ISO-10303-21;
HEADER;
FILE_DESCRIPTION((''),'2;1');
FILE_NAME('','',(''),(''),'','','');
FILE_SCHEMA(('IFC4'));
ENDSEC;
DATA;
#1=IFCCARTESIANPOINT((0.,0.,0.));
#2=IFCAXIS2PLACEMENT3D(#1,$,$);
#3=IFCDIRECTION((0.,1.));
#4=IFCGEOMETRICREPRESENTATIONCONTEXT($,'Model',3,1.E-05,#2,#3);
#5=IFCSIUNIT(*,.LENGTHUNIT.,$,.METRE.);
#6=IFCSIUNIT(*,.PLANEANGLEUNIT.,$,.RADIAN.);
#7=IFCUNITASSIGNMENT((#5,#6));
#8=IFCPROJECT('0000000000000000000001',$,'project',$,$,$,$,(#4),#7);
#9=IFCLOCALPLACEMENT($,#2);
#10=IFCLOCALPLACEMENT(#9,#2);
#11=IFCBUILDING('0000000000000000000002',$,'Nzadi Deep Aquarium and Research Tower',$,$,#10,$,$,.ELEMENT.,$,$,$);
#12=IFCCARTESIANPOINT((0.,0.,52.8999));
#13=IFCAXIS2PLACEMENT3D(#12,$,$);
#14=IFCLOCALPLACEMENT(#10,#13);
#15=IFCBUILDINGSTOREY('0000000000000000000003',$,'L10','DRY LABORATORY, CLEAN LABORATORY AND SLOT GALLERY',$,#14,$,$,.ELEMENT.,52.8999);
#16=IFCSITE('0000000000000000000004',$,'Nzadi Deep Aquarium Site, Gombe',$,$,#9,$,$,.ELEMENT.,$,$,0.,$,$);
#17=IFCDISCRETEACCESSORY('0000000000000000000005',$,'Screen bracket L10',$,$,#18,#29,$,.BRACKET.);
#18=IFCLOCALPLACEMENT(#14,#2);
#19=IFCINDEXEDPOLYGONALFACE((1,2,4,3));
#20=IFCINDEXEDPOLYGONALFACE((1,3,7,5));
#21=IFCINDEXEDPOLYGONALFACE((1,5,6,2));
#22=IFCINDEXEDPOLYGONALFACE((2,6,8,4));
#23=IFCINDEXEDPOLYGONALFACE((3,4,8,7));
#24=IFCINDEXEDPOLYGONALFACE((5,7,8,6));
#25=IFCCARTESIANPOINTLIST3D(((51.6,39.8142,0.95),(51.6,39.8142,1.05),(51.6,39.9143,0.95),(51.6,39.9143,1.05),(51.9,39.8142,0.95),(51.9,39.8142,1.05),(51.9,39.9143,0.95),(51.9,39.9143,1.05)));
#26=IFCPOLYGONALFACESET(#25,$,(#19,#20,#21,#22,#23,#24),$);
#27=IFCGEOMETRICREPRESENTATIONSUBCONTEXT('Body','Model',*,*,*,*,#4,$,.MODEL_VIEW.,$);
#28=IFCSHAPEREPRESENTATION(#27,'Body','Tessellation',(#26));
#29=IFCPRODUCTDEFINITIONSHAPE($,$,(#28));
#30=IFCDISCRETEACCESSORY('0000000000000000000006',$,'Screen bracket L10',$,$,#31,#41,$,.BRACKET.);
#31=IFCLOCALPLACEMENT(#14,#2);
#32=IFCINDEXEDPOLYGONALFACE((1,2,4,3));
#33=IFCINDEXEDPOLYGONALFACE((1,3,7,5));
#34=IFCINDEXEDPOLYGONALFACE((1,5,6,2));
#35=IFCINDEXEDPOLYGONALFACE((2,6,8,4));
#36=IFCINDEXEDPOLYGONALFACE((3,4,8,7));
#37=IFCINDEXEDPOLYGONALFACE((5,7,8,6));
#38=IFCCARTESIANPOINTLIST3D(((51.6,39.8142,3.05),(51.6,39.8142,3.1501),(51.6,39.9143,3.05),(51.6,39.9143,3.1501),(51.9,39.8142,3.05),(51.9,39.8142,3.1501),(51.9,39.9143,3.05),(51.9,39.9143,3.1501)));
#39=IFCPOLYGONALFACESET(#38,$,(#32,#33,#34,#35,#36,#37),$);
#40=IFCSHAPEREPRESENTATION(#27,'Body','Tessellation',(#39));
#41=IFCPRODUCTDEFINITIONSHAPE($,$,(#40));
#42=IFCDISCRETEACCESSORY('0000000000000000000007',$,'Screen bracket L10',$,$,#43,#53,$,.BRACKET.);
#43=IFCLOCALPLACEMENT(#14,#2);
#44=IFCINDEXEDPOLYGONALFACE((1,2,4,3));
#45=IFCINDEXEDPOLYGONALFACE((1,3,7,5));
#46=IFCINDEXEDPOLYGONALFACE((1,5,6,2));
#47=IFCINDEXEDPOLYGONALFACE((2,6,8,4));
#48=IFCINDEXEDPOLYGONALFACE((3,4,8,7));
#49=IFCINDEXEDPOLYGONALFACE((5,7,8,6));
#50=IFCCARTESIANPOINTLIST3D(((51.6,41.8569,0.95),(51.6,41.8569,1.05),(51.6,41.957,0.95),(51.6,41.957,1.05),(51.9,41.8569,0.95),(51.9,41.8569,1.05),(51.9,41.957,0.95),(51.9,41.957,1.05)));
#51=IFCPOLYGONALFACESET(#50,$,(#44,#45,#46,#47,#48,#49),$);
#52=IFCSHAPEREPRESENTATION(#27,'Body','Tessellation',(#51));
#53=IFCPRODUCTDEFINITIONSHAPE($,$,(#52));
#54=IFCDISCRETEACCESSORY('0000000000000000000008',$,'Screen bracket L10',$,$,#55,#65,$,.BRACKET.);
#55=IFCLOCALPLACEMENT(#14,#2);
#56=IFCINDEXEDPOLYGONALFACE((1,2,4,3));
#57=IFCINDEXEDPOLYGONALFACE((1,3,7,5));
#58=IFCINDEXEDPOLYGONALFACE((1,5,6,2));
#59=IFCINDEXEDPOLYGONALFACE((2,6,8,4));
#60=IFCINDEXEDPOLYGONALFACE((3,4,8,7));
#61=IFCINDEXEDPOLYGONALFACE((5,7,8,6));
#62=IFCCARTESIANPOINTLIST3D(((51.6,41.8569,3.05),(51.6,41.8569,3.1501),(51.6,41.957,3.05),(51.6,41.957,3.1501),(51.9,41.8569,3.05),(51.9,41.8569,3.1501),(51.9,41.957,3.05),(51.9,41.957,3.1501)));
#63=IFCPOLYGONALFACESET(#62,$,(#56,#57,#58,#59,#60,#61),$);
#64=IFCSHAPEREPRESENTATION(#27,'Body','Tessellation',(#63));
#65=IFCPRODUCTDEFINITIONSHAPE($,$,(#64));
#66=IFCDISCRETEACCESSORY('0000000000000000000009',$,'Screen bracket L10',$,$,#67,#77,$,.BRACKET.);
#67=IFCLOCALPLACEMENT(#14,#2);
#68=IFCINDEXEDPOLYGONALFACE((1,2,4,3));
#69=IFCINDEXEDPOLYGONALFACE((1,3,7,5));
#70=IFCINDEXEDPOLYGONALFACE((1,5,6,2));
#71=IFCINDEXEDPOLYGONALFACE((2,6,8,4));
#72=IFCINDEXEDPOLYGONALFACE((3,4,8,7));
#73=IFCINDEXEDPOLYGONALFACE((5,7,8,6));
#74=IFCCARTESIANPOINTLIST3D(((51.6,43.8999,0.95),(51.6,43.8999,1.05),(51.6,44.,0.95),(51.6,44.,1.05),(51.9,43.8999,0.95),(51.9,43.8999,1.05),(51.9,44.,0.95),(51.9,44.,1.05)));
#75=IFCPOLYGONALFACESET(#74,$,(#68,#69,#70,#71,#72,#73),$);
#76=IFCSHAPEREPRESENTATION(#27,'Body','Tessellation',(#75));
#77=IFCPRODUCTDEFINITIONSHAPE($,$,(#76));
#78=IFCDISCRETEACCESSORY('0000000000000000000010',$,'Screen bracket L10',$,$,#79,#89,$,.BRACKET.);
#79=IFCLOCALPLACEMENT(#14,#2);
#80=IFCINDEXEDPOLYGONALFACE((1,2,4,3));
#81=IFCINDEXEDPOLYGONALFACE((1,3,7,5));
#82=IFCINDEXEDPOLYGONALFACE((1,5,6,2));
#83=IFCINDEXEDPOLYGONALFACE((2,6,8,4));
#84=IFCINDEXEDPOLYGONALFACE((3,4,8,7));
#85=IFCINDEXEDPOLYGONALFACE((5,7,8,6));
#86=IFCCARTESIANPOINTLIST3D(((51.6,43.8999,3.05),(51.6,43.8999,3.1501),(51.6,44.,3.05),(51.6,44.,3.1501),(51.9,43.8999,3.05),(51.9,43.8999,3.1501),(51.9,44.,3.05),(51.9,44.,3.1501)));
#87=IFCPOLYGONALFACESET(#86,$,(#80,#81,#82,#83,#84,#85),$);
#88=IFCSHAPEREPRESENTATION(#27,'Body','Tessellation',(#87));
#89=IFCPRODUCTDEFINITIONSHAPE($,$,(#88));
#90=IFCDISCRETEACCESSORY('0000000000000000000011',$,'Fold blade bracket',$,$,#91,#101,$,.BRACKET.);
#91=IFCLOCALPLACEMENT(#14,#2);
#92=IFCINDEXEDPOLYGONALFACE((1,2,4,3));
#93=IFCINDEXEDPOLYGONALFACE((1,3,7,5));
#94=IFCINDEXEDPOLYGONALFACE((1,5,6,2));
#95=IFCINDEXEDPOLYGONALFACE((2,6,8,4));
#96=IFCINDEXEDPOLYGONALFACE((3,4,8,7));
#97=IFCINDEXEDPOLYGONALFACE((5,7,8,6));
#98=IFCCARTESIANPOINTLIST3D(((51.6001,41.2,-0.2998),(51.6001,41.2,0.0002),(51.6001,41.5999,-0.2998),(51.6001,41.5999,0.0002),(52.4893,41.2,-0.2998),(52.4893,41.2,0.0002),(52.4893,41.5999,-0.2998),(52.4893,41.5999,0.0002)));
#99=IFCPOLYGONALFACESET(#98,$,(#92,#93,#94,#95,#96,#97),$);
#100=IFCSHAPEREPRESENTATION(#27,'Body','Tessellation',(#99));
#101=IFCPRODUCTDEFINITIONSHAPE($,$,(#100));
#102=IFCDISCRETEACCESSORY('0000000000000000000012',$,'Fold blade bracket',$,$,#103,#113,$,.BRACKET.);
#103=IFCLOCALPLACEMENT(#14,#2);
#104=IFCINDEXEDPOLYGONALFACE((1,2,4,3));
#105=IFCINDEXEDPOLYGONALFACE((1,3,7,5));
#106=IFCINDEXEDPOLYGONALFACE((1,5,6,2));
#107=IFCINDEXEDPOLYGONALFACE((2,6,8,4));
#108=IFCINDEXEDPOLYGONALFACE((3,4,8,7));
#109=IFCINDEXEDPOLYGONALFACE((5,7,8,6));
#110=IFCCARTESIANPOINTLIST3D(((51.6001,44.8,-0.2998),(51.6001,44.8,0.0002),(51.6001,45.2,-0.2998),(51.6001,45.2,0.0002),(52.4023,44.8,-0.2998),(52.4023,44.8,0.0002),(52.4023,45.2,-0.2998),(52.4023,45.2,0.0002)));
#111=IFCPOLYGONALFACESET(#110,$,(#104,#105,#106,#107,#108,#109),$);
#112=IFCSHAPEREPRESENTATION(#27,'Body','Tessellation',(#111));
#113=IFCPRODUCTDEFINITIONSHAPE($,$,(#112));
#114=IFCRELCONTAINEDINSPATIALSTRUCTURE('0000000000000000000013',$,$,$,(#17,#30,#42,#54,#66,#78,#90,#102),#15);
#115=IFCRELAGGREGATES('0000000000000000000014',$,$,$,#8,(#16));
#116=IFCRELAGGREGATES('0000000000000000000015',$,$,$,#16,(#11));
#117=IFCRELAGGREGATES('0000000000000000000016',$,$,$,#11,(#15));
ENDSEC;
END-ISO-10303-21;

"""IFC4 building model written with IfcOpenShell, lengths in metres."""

from ifc_helpers import new_model, si_unit, direction, frame, origin, origin_2d, place, context, subcontext, project, spatial, rectangle, extrude, element, save


model = new_model("IFC4")

# Units and contexts
model_context = context("Model", 3, precision=1e-05, world=origin(), true_north=direction((0.0, 1.0)))
body_context = subcontext(model_context, "Body", "Model", "MODEL_VIEW")
ifc_project = project(units=[si_unit("LENGTHUNIT", "METRE"), si_unit("PLANEANGLEUNIT", "RADIAN")], contexts=[model_context])

# Site, building, storey
site_placement = place(None, origin())
site = spatial("IfcSite", under=ifc_project, at=site_placement, Name="Nzadi Deep Aquarium Site, Gombe", CompositionType="ELEMENT", RefElevation=0.0)
building_placement = place(site_placement, origin())
building = spatial("IfcBuilding", under=site, at=building_placement, Name="Nzadi Deep Aquarium and Research Tower", CompositionType="ELEMENT")
storey_placement = place(building_placement, frame((0.0, 0.0, 52.8999)))
storey = spatial("IfcBuildingStorey", under=building, at=storey_placement, Name="L10", Description="DRY LABORATORY, CLEAN LABORATORY AND SLOT GALLERY", CompositionType="ELEMENT", Elevation=52.8999)

# Discrete accessories
for number, where, z_axis, x_axis, name in (
    (1, (51.75, 39.8643, 0.95), (0.0, 0.0, 1.0), (1.0, 0.0, 0.0), "Screen bracket L10"),
    (2, (51.75, 39.8643, 3.05), (0.0, 0.0, 1.0), (1.0, 0.0, 0.0), "Screen bracket L10"),
    (3, (51.75, 41.907, 0.95), (0.0, 0.0, 1.0), (1.0, 0.0, 0.0), "Screen bracket L10"),
    (4, (51.75, 41.907, 3.05), (0.0, 0.0, 1.0), (1.0, 0.0, 0.0), "Screen bracket L10"),
    (5, (51.75, 43.95, 0.95), (0.0, 0.0, 1.0), (1.0, 0.0, 0.0), "Screen bracket L10"),
    (6, (51.75, 43.95, 3.05), (0.0, 0.0, 1.0), (1.0, 0.0, 0.0), "Screen bracket L10"),
):
    element("IfcDiscreteAccessory", number, at=place(storey_placement, frame(where, z_axis=z_axis, x_axis=x_axis)), inside=storey, Name=name, PredefinedType="BRACKET", context=body_context, shape_type="SweptSolid", body=[
        extrude(rectangle(XDim=0.3, YDim=0.1001, at=origin_2d()), origin(), (0.0, 0.0, 1.0), 0.1001),
    ])
discrete_accessory_1_placement = place(storey_placement, frame((52.0447, 41.3999, -0.2998), z_axis=(0.0, 0.0, 1.0), x_axis=(1.0, 0.0, 0.0)))
element("IfcDiscreteAccessory", 7, at=discrete_accessory_1_placement, inside=storey, Name="Fold blade bracket", PredefinedType="BRACKET", context=body_context, shape_type="SweptSolid", body=[
    extrude(rectangle(XDim=0.8892, YDim=0.3999, at=origin_2d()), origin(), (0.0, 0.0, 1.0), 0.3),
])
discrete_accessory_2_placement = place(storey_placement, frame((52.0012, 45.0, -0.2998), z_axis=(0.0, 0.0, 1.0), x_axis=(1.0, 0.0, 0.0)))
element("IfcDiscreteAccessory", 8, at=discrete_accessory_2_placement, inside=storey, Name="Fold blade bracket", PredefinedType="BRACKET", context=body_context, shape_type="SweptSolid", body=[
    extrude(rectangle(XDim=0.8022, YDim=0.3999, at=origin_2d()), origin(), (0.0, 0.0, 1.0), 0.3),
])

save(model, "model.ifc")
